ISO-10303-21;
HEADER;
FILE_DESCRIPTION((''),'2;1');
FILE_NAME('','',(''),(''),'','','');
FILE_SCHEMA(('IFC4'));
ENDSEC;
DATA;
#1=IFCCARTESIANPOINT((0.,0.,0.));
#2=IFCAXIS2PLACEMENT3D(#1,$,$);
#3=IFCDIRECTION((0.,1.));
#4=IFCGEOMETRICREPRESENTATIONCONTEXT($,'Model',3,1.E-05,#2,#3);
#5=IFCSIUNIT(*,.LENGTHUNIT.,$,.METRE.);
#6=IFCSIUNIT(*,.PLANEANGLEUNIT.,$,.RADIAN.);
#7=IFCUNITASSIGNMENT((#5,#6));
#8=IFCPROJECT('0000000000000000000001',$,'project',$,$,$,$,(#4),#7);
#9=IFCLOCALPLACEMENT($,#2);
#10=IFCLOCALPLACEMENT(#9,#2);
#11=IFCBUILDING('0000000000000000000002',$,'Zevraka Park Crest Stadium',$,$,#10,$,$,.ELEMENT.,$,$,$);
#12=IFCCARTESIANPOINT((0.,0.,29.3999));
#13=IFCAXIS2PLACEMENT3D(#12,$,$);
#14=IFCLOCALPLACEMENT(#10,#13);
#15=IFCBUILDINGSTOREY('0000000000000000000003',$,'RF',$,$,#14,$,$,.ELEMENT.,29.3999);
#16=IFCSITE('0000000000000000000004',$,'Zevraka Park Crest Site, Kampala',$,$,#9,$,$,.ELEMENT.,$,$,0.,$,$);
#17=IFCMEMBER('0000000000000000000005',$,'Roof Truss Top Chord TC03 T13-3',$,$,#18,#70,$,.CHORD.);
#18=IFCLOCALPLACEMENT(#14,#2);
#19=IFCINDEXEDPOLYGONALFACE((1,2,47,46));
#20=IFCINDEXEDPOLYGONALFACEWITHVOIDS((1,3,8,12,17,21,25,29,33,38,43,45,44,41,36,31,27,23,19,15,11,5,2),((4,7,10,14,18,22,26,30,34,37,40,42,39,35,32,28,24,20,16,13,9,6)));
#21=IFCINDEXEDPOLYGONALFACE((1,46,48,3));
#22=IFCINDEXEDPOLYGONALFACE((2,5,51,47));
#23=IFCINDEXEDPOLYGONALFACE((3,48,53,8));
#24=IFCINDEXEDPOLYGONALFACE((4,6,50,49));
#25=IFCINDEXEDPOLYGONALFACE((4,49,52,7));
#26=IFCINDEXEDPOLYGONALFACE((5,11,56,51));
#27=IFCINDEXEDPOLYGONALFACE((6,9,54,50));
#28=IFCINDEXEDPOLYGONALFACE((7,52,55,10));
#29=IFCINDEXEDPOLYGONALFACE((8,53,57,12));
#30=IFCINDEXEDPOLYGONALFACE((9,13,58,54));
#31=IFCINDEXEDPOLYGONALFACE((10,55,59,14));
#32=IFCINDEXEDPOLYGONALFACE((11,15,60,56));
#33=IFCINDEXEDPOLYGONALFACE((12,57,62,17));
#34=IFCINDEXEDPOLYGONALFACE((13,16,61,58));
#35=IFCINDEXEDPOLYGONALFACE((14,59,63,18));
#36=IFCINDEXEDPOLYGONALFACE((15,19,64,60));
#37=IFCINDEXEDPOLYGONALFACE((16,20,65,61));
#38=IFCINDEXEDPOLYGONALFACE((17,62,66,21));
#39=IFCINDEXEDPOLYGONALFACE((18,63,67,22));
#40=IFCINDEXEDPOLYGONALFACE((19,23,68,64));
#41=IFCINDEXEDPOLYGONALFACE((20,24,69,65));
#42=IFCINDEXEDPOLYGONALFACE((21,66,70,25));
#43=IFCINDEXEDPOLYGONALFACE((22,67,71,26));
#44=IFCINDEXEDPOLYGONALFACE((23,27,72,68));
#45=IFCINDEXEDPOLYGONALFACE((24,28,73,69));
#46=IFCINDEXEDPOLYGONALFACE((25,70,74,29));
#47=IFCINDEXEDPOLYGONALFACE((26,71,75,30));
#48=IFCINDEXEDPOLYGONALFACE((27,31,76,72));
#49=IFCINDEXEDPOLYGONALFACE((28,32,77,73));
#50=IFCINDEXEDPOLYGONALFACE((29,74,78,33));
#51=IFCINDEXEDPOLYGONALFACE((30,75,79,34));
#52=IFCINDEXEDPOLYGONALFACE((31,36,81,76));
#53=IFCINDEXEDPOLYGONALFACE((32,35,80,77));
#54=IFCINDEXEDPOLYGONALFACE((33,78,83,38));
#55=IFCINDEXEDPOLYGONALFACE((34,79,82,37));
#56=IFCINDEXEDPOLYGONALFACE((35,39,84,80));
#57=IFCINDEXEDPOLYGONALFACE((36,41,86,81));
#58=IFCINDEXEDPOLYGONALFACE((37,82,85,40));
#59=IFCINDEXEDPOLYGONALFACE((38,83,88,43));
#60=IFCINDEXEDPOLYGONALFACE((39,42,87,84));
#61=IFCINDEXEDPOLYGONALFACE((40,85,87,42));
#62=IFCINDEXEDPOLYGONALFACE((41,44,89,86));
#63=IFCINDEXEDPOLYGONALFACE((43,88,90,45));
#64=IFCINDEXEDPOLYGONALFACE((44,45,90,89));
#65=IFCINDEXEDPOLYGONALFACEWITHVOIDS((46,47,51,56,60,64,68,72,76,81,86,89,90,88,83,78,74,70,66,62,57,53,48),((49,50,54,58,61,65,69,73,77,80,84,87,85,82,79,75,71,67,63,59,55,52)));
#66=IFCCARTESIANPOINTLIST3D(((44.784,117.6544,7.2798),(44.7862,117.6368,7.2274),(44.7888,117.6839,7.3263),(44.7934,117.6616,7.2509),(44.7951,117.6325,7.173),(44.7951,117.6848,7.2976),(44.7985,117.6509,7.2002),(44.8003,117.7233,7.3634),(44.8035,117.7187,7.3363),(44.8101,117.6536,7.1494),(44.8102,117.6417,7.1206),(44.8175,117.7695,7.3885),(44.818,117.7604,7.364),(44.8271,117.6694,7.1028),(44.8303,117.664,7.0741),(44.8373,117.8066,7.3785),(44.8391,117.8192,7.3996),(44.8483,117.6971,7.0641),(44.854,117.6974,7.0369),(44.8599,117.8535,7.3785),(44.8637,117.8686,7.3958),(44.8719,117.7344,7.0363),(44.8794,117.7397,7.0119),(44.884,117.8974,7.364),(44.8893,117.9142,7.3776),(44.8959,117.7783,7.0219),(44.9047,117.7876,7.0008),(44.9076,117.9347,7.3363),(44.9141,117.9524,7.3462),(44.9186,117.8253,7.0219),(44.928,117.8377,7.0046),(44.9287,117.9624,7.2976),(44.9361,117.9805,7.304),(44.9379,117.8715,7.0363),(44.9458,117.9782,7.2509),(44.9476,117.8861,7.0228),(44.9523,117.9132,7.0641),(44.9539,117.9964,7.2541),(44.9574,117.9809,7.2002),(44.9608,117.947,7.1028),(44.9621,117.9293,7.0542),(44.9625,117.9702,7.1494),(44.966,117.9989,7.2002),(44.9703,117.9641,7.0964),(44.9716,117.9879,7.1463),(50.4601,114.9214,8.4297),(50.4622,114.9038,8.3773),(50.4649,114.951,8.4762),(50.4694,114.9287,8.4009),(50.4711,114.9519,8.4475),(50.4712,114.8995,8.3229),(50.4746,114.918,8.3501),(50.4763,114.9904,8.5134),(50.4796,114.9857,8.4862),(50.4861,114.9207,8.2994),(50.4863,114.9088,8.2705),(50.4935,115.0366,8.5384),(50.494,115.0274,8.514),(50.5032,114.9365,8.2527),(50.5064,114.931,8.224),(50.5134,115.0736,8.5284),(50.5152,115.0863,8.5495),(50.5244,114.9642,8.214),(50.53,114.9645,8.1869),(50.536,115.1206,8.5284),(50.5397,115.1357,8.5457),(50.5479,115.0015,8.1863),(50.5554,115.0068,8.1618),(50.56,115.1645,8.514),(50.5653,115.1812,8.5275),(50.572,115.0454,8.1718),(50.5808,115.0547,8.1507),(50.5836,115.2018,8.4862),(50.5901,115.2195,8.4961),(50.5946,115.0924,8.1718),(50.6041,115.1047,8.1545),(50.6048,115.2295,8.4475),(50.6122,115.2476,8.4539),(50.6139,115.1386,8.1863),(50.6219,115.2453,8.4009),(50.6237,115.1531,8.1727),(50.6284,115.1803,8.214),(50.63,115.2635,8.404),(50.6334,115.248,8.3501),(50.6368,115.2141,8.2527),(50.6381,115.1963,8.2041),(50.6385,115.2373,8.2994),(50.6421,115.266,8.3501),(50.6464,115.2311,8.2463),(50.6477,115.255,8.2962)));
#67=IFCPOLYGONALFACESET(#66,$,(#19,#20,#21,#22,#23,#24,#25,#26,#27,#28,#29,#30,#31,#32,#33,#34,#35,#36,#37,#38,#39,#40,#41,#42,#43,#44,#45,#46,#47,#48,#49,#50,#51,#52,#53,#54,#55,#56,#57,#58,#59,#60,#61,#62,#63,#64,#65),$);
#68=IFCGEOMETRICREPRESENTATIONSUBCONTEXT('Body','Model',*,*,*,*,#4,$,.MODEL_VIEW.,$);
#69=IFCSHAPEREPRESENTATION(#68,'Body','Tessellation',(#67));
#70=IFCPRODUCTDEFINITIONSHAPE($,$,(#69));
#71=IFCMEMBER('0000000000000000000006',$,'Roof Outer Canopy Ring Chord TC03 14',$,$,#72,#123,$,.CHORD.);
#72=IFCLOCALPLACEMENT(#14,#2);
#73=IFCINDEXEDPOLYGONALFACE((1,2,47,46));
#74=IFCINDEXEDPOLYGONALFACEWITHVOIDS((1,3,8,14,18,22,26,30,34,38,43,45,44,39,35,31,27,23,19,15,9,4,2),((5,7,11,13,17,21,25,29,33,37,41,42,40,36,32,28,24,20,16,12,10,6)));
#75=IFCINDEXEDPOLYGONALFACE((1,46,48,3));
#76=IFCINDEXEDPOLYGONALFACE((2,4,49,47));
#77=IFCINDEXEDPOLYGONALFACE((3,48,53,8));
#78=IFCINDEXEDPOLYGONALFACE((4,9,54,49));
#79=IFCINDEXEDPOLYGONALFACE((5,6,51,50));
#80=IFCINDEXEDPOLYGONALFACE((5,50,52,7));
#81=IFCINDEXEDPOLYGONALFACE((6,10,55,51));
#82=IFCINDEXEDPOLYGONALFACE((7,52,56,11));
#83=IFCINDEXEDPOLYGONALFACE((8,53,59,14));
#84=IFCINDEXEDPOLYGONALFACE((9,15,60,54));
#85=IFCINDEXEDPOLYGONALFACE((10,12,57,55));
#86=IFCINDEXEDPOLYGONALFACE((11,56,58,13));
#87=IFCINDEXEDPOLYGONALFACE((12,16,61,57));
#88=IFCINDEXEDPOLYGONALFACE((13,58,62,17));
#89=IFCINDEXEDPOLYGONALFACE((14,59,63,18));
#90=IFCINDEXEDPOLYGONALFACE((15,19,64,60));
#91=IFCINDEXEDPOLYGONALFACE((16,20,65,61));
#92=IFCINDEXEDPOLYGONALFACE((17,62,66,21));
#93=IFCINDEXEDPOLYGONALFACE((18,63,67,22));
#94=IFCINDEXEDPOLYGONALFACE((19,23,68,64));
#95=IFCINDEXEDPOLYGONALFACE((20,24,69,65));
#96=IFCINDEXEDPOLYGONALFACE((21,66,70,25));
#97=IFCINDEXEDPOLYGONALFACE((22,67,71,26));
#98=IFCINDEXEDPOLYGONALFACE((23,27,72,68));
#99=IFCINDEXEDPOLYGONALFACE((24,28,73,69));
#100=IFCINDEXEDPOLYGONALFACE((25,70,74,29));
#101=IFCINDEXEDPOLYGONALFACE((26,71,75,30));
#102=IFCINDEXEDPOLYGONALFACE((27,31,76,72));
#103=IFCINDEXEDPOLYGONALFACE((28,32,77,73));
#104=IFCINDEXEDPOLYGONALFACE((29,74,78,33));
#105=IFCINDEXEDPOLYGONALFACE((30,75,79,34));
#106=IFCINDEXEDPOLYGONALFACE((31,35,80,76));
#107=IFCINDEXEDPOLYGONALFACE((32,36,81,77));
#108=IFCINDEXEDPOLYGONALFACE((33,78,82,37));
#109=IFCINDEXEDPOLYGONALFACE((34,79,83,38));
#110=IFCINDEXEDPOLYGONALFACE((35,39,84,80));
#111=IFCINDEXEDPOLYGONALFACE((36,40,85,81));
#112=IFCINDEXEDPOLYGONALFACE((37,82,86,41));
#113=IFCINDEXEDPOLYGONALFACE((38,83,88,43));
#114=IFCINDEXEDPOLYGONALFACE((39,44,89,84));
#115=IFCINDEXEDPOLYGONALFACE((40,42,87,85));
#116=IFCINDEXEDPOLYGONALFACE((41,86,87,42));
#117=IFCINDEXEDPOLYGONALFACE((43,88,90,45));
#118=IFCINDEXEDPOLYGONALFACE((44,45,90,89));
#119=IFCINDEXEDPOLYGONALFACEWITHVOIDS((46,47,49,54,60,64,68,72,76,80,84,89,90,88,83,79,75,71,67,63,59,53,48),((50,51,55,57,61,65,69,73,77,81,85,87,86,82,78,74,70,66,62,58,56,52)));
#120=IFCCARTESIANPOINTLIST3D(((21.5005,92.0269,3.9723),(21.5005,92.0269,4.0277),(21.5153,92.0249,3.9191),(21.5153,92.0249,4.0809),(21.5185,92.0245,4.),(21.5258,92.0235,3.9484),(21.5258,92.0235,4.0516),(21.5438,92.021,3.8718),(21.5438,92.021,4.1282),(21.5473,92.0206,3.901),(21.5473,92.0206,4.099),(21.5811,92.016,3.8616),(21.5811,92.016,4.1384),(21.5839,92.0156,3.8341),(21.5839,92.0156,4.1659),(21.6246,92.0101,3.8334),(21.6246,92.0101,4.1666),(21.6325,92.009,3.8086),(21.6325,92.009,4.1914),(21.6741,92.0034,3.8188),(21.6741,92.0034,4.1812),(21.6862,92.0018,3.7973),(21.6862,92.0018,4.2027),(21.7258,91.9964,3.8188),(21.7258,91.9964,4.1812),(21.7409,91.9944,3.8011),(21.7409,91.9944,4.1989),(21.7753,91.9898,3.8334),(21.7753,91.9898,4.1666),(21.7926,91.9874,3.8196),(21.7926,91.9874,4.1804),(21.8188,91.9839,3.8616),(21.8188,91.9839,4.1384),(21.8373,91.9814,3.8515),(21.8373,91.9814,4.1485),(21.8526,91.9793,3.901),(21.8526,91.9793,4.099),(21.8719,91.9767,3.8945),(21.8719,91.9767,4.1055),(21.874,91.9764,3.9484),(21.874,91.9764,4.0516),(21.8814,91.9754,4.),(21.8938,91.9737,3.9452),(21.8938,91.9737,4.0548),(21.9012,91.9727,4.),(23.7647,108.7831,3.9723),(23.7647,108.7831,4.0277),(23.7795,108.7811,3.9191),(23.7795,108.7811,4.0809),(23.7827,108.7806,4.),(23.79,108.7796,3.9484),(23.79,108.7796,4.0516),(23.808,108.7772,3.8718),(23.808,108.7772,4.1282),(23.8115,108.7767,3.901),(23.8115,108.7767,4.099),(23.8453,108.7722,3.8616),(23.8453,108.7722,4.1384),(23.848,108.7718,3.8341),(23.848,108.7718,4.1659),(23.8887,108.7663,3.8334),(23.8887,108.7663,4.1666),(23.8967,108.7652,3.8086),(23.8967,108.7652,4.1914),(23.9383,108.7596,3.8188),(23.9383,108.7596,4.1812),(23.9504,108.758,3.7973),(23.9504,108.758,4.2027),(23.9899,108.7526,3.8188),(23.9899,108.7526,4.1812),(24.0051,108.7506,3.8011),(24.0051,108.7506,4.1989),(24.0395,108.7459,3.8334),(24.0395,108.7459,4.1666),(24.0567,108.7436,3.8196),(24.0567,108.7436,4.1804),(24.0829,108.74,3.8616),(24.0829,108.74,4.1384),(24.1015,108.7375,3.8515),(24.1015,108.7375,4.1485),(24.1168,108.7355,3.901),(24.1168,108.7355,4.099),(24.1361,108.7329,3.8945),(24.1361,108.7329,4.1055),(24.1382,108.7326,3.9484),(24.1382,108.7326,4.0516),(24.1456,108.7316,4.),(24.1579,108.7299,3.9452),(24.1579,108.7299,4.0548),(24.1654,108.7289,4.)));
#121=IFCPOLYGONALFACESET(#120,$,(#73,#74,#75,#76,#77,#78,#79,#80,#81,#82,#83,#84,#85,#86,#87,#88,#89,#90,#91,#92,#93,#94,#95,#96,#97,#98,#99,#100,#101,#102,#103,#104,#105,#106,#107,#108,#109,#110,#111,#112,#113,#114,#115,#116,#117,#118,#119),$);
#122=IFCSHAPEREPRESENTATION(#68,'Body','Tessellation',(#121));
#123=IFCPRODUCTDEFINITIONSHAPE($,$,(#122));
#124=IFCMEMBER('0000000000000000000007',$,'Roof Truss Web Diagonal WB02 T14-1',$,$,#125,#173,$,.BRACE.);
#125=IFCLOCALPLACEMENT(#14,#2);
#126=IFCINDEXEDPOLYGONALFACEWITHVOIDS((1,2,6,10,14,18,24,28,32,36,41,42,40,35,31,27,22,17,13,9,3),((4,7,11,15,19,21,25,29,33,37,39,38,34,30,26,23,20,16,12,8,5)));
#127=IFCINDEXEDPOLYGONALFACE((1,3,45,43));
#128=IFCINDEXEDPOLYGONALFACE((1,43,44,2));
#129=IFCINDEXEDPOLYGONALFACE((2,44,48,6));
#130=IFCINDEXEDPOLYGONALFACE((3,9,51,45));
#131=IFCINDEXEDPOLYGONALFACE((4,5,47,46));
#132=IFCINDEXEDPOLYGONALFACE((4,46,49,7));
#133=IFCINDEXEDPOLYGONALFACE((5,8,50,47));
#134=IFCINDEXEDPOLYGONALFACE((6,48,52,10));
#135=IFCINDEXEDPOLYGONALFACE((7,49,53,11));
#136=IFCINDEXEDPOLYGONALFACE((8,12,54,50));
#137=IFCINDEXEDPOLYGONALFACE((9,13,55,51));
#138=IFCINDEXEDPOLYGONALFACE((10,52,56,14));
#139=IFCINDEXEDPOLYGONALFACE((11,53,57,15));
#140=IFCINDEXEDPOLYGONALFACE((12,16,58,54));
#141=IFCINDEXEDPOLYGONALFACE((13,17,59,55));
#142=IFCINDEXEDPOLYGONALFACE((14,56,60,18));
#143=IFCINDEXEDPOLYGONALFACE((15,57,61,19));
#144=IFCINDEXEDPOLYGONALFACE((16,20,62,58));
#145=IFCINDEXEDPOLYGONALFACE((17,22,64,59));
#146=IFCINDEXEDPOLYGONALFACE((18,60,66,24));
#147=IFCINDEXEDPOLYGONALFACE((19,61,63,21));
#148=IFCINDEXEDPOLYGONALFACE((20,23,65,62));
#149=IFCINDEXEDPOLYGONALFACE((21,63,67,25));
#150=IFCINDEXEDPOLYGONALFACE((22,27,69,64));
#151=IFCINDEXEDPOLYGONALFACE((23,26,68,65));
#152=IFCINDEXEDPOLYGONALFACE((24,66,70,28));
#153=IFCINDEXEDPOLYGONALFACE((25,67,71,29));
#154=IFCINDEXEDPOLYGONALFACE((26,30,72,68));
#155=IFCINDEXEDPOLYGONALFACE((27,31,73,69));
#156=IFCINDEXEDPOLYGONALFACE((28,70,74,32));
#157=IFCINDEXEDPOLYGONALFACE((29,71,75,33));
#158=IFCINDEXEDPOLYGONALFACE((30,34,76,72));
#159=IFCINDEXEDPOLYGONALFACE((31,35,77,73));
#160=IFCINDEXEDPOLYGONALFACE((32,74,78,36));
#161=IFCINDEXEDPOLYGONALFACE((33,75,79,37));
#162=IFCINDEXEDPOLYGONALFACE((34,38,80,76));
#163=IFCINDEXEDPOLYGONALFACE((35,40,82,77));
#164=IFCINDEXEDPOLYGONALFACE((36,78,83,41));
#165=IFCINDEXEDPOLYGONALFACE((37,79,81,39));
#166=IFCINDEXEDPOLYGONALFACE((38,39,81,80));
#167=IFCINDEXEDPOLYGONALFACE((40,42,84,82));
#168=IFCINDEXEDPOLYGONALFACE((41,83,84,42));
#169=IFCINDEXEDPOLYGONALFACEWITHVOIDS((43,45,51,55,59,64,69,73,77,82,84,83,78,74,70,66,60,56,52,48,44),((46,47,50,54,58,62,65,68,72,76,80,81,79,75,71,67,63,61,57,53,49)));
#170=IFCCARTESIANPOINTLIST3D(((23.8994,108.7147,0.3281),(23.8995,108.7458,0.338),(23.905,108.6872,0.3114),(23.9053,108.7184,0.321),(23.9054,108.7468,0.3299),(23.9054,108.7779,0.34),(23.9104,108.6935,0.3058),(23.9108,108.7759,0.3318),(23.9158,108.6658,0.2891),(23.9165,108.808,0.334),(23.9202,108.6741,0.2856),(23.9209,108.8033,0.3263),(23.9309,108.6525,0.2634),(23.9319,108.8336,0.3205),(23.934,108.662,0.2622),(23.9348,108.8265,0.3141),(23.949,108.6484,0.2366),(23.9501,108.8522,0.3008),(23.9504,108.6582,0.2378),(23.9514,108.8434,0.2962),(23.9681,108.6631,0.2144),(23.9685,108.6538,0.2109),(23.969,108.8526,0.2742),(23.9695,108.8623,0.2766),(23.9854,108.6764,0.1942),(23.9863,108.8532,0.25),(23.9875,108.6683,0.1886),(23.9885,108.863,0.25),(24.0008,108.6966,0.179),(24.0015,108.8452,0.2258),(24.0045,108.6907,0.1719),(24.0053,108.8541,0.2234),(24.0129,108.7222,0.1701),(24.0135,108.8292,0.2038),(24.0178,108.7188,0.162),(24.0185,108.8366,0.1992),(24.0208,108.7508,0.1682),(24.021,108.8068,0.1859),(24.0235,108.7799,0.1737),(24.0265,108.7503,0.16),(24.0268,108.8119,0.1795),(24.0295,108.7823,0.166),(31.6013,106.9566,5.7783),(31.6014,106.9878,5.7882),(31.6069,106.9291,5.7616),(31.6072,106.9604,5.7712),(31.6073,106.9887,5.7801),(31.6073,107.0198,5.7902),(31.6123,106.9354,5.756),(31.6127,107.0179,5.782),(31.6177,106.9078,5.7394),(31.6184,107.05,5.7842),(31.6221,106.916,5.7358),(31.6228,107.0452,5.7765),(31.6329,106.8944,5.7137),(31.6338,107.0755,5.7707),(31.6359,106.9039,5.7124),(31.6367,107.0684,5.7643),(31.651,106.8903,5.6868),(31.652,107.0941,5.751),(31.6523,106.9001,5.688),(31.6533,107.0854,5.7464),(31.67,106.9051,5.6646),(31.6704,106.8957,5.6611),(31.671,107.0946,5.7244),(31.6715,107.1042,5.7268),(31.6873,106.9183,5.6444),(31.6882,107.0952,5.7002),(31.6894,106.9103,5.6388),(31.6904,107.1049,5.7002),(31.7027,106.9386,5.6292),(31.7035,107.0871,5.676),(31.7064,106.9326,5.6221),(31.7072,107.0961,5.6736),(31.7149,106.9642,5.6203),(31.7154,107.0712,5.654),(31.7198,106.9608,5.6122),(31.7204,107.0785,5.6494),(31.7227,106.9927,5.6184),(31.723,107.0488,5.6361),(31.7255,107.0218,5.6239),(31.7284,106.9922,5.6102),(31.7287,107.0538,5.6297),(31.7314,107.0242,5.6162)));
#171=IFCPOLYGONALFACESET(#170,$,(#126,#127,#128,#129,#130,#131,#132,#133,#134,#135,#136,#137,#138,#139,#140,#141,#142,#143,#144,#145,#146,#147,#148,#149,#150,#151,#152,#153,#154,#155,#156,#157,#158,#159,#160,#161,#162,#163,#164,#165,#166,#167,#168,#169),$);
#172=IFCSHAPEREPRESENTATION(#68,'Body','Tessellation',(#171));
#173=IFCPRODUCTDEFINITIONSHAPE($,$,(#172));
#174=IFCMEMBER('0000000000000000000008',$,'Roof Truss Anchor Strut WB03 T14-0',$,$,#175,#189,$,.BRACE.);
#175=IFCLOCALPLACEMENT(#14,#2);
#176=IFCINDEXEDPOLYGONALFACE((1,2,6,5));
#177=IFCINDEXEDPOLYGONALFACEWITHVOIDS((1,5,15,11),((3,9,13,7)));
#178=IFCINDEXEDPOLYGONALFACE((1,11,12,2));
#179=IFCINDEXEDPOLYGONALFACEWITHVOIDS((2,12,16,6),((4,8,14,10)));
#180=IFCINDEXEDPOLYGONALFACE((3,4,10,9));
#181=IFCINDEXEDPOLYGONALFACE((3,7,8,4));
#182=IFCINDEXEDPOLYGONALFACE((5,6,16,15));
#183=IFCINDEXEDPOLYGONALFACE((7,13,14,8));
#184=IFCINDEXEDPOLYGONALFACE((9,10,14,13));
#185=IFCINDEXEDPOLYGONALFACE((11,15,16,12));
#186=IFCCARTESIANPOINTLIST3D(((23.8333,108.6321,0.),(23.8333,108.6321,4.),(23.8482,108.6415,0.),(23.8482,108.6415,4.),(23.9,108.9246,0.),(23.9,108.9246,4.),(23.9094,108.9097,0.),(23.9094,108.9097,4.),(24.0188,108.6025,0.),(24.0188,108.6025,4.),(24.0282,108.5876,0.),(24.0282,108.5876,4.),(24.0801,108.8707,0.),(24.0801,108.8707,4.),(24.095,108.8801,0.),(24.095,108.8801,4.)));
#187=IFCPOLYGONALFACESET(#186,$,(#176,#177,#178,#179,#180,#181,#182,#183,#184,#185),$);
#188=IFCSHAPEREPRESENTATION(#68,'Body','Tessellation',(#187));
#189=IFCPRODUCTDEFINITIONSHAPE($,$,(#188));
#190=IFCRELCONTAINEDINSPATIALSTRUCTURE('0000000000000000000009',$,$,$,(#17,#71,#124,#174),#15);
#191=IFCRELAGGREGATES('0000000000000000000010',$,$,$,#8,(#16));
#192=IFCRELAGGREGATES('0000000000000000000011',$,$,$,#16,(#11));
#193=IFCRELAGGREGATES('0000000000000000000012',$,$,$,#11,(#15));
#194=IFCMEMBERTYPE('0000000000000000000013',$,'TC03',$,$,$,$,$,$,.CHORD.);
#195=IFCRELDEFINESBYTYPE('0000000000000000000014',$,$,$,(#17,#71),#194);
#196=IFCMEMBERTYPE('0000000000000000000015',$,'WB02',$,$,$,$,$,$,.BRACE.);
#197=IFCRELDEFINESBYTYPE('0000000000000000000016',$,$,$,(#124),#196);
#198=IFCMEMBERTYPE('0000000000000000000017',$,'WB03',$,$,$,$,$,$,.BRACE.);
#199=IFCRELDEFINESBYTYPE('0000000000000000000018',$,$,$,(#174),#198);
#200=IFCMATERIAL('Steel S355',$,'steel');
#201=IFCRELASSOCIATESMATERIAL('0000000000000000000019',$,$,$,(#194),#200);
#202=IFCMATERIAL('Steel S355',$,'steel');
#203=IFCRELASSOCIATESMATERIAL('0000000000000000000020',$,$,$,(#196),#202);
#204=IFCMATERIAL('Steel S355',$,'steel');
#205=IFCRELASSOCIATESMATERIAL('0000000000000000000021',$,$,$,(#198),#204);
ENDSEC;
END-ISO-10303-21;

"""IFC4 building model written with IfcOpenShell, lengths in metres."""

from ifc_helpers import new_model, si_unit, direction, frame, origin, origin_2d, place, context, subcontext, project, spatial, hollow_rectangle, hollow_circle, extrude, material, material_profile, profile_set, type_object, element, save


model = new_model("IFC4")

# Units and contexts
model_context = context("Model", 3, precision=1e-05, world=origin(), true_north=direction((0.0, 1.0)))
body_context = subcontext(model_context, "Body", "Model", "MODEL_VIEW")
ifc_project = project(units=[si_unit("LENGTHUNIT", "METRE"), si_unit("PLANEANGLEUNIT", "RADIAN")], contexts=[model_context])

# Site, building, storey
site_placement = place(None, origin())
site = spatial("IfcSite", under=ifc_project, at=site_placement, Name="Zevraka Park Crest Site, Kampala", CompositionType="ELEMENT", RefElevation=0.0)
building_placement = place(site_placement, origin())
building = spatial("IfcBuilding", under=site, at=building_placement, Name="Zevraka Park Crest Stadium", CompositionType="ELEMENT")
storey_placement = place(building_placement, frame((0.0, 0.0, 29.3999)))
storey = spatial("IfcBuildingStorey", under=building, at=storey_placement, Name="RF", CompositionType="ELEMENT", Elevation=29.3999)

# Members
ifc_material_1 = material(Name="Steel S355", Category="steel")
ifc_material_profile_1 = material_profile(ifc_material_1, hollow_circle(Radius=0.2031, WallThickness=0.02, at=origin_2d()), Name="CHS 406.4x20")
ifc_profile_set_1 = profile_set([ifc_material_profile_1], Name="Steel S355")
member_type_1 = type_object("IfcMemberType", Name="TC03", PredefinedType="CHORD", material=ifc_profile_set_1)
member_1_placement = place(storey_placement, frame((44.8779, 117.8159, 7.2002), z_axis=(0.886356, -0.426765, 0.179566), x_axis=(0.433817, 0.901001, 0.0)))
element("IfcMember", 1, at=member_1_placement, inside=storey, type_object=member_type_1, Name="Roof Truss Top Chord TC03 T13-3", PredefinedType="CHORD", context=body_context, shape_type="SweptSolid", body=[
    extrude(hollow_circle(Radius=0.2031, WallThickness=0.02, at=origin_2d()), origin(), (0.0, 0.0, 1.0), 6.4038),
])
member_2_placement = place(storey_placement, frame((23.9641, 108.7561, 4.0), z_axis=(-0.133908, -0.990994, 0.0), x_axis=(0.990994, -0.133908, 0.0)))
element("IfcMember", 2, at=member_2_placement, inside=storey, type_object=member_type_1, Name="Roof Outer Canopy Ring Chord TC03 14", PredefinedType="CHORD", context=body_context, shape_type="SweptSolid", body=[
    extrude(hollow_circle(Radius=0.2031, WallThickness=0.02, at=origin_2d()), origin(), (0.0, 0.0, 1.0), 16.9084),
])
ifc_material_2 = material(Name="Steel S355", Category="steel")
ifc_material_profile_2 = material_profile(ifc_material_2, hollow_circle(Radius=0.1096, WallThickness=0.01, at=origin_2d()), Name="CHS 219.1x10")
ifc_profile_set_2 = profile_set([ifc_material_profile_2], Name="Steel S355")
member_type_2 = type_object("IfcMemberType", Name="WB02", PredefinedType="BRACE", material=ifc_profile_set_2)
member_3_placement = place(storey_placement, frame((23.9641, 108.7561, 0.25), z_axis=(0.802479, -0.183176, 0.567868), x_axis=(0.222539, 0.974924, 0.0)))
element("IfcMember", 3, at=member_3_placement, inside=storey, type_object=member_type_2, Name="Roof Truss Web Diagonal WB02 T14-1", PredefinedType="BRACE", context=body_context, shape_type="SweptSolid", body=[
    extrude(hollow_circle(Radius=0.1096, WallThickness=0.01, at=origin_2d()), origin(), (0.0, 0.0, 1.0), 9.5977),
])
ifc_material_3 = material(Name="Steel S355", Category="steel")
ifc_material_profile_3 = material_profile(ifc_material_3, hollow_rectangle(XDim=0.2, YDim=0.3, WallThickness=0.0125, at=origin_2d()), Name="RHS 300x200x12.5")
ifc_profile_set_3 = profile_set([ifc_material_profile_3], Name="Steel S355")
member_type_3 = type_object("IfcMemberType", Name="WB03", PredefinedType="BRACE", material=ifc_profile_set_3)
member_4_placement = place(storey_placement, frame((23.9641, 108.7561, 0.0), z_axis=(0.0, 0.0, 1.0), x_axis=(-0.974917, 0.22257, 0.0)))
element("IfcMember", 4, at=member_4_placement, inside=storey, type_object=member_type_3, Name="Roof Truss Anchor Strut WB03 T14-0", PredefinedType="BRACE", context=body_context, shape_type="SweptSolid", body=[
    extrude(hollow_rectangle(XDim=0.2, YDim=0.3, WallThickness=0.0125, at=origin_2d()), origin(), (0.0, 0.0, 1.0), 4.0),
])

save(model, "model.ifc")
